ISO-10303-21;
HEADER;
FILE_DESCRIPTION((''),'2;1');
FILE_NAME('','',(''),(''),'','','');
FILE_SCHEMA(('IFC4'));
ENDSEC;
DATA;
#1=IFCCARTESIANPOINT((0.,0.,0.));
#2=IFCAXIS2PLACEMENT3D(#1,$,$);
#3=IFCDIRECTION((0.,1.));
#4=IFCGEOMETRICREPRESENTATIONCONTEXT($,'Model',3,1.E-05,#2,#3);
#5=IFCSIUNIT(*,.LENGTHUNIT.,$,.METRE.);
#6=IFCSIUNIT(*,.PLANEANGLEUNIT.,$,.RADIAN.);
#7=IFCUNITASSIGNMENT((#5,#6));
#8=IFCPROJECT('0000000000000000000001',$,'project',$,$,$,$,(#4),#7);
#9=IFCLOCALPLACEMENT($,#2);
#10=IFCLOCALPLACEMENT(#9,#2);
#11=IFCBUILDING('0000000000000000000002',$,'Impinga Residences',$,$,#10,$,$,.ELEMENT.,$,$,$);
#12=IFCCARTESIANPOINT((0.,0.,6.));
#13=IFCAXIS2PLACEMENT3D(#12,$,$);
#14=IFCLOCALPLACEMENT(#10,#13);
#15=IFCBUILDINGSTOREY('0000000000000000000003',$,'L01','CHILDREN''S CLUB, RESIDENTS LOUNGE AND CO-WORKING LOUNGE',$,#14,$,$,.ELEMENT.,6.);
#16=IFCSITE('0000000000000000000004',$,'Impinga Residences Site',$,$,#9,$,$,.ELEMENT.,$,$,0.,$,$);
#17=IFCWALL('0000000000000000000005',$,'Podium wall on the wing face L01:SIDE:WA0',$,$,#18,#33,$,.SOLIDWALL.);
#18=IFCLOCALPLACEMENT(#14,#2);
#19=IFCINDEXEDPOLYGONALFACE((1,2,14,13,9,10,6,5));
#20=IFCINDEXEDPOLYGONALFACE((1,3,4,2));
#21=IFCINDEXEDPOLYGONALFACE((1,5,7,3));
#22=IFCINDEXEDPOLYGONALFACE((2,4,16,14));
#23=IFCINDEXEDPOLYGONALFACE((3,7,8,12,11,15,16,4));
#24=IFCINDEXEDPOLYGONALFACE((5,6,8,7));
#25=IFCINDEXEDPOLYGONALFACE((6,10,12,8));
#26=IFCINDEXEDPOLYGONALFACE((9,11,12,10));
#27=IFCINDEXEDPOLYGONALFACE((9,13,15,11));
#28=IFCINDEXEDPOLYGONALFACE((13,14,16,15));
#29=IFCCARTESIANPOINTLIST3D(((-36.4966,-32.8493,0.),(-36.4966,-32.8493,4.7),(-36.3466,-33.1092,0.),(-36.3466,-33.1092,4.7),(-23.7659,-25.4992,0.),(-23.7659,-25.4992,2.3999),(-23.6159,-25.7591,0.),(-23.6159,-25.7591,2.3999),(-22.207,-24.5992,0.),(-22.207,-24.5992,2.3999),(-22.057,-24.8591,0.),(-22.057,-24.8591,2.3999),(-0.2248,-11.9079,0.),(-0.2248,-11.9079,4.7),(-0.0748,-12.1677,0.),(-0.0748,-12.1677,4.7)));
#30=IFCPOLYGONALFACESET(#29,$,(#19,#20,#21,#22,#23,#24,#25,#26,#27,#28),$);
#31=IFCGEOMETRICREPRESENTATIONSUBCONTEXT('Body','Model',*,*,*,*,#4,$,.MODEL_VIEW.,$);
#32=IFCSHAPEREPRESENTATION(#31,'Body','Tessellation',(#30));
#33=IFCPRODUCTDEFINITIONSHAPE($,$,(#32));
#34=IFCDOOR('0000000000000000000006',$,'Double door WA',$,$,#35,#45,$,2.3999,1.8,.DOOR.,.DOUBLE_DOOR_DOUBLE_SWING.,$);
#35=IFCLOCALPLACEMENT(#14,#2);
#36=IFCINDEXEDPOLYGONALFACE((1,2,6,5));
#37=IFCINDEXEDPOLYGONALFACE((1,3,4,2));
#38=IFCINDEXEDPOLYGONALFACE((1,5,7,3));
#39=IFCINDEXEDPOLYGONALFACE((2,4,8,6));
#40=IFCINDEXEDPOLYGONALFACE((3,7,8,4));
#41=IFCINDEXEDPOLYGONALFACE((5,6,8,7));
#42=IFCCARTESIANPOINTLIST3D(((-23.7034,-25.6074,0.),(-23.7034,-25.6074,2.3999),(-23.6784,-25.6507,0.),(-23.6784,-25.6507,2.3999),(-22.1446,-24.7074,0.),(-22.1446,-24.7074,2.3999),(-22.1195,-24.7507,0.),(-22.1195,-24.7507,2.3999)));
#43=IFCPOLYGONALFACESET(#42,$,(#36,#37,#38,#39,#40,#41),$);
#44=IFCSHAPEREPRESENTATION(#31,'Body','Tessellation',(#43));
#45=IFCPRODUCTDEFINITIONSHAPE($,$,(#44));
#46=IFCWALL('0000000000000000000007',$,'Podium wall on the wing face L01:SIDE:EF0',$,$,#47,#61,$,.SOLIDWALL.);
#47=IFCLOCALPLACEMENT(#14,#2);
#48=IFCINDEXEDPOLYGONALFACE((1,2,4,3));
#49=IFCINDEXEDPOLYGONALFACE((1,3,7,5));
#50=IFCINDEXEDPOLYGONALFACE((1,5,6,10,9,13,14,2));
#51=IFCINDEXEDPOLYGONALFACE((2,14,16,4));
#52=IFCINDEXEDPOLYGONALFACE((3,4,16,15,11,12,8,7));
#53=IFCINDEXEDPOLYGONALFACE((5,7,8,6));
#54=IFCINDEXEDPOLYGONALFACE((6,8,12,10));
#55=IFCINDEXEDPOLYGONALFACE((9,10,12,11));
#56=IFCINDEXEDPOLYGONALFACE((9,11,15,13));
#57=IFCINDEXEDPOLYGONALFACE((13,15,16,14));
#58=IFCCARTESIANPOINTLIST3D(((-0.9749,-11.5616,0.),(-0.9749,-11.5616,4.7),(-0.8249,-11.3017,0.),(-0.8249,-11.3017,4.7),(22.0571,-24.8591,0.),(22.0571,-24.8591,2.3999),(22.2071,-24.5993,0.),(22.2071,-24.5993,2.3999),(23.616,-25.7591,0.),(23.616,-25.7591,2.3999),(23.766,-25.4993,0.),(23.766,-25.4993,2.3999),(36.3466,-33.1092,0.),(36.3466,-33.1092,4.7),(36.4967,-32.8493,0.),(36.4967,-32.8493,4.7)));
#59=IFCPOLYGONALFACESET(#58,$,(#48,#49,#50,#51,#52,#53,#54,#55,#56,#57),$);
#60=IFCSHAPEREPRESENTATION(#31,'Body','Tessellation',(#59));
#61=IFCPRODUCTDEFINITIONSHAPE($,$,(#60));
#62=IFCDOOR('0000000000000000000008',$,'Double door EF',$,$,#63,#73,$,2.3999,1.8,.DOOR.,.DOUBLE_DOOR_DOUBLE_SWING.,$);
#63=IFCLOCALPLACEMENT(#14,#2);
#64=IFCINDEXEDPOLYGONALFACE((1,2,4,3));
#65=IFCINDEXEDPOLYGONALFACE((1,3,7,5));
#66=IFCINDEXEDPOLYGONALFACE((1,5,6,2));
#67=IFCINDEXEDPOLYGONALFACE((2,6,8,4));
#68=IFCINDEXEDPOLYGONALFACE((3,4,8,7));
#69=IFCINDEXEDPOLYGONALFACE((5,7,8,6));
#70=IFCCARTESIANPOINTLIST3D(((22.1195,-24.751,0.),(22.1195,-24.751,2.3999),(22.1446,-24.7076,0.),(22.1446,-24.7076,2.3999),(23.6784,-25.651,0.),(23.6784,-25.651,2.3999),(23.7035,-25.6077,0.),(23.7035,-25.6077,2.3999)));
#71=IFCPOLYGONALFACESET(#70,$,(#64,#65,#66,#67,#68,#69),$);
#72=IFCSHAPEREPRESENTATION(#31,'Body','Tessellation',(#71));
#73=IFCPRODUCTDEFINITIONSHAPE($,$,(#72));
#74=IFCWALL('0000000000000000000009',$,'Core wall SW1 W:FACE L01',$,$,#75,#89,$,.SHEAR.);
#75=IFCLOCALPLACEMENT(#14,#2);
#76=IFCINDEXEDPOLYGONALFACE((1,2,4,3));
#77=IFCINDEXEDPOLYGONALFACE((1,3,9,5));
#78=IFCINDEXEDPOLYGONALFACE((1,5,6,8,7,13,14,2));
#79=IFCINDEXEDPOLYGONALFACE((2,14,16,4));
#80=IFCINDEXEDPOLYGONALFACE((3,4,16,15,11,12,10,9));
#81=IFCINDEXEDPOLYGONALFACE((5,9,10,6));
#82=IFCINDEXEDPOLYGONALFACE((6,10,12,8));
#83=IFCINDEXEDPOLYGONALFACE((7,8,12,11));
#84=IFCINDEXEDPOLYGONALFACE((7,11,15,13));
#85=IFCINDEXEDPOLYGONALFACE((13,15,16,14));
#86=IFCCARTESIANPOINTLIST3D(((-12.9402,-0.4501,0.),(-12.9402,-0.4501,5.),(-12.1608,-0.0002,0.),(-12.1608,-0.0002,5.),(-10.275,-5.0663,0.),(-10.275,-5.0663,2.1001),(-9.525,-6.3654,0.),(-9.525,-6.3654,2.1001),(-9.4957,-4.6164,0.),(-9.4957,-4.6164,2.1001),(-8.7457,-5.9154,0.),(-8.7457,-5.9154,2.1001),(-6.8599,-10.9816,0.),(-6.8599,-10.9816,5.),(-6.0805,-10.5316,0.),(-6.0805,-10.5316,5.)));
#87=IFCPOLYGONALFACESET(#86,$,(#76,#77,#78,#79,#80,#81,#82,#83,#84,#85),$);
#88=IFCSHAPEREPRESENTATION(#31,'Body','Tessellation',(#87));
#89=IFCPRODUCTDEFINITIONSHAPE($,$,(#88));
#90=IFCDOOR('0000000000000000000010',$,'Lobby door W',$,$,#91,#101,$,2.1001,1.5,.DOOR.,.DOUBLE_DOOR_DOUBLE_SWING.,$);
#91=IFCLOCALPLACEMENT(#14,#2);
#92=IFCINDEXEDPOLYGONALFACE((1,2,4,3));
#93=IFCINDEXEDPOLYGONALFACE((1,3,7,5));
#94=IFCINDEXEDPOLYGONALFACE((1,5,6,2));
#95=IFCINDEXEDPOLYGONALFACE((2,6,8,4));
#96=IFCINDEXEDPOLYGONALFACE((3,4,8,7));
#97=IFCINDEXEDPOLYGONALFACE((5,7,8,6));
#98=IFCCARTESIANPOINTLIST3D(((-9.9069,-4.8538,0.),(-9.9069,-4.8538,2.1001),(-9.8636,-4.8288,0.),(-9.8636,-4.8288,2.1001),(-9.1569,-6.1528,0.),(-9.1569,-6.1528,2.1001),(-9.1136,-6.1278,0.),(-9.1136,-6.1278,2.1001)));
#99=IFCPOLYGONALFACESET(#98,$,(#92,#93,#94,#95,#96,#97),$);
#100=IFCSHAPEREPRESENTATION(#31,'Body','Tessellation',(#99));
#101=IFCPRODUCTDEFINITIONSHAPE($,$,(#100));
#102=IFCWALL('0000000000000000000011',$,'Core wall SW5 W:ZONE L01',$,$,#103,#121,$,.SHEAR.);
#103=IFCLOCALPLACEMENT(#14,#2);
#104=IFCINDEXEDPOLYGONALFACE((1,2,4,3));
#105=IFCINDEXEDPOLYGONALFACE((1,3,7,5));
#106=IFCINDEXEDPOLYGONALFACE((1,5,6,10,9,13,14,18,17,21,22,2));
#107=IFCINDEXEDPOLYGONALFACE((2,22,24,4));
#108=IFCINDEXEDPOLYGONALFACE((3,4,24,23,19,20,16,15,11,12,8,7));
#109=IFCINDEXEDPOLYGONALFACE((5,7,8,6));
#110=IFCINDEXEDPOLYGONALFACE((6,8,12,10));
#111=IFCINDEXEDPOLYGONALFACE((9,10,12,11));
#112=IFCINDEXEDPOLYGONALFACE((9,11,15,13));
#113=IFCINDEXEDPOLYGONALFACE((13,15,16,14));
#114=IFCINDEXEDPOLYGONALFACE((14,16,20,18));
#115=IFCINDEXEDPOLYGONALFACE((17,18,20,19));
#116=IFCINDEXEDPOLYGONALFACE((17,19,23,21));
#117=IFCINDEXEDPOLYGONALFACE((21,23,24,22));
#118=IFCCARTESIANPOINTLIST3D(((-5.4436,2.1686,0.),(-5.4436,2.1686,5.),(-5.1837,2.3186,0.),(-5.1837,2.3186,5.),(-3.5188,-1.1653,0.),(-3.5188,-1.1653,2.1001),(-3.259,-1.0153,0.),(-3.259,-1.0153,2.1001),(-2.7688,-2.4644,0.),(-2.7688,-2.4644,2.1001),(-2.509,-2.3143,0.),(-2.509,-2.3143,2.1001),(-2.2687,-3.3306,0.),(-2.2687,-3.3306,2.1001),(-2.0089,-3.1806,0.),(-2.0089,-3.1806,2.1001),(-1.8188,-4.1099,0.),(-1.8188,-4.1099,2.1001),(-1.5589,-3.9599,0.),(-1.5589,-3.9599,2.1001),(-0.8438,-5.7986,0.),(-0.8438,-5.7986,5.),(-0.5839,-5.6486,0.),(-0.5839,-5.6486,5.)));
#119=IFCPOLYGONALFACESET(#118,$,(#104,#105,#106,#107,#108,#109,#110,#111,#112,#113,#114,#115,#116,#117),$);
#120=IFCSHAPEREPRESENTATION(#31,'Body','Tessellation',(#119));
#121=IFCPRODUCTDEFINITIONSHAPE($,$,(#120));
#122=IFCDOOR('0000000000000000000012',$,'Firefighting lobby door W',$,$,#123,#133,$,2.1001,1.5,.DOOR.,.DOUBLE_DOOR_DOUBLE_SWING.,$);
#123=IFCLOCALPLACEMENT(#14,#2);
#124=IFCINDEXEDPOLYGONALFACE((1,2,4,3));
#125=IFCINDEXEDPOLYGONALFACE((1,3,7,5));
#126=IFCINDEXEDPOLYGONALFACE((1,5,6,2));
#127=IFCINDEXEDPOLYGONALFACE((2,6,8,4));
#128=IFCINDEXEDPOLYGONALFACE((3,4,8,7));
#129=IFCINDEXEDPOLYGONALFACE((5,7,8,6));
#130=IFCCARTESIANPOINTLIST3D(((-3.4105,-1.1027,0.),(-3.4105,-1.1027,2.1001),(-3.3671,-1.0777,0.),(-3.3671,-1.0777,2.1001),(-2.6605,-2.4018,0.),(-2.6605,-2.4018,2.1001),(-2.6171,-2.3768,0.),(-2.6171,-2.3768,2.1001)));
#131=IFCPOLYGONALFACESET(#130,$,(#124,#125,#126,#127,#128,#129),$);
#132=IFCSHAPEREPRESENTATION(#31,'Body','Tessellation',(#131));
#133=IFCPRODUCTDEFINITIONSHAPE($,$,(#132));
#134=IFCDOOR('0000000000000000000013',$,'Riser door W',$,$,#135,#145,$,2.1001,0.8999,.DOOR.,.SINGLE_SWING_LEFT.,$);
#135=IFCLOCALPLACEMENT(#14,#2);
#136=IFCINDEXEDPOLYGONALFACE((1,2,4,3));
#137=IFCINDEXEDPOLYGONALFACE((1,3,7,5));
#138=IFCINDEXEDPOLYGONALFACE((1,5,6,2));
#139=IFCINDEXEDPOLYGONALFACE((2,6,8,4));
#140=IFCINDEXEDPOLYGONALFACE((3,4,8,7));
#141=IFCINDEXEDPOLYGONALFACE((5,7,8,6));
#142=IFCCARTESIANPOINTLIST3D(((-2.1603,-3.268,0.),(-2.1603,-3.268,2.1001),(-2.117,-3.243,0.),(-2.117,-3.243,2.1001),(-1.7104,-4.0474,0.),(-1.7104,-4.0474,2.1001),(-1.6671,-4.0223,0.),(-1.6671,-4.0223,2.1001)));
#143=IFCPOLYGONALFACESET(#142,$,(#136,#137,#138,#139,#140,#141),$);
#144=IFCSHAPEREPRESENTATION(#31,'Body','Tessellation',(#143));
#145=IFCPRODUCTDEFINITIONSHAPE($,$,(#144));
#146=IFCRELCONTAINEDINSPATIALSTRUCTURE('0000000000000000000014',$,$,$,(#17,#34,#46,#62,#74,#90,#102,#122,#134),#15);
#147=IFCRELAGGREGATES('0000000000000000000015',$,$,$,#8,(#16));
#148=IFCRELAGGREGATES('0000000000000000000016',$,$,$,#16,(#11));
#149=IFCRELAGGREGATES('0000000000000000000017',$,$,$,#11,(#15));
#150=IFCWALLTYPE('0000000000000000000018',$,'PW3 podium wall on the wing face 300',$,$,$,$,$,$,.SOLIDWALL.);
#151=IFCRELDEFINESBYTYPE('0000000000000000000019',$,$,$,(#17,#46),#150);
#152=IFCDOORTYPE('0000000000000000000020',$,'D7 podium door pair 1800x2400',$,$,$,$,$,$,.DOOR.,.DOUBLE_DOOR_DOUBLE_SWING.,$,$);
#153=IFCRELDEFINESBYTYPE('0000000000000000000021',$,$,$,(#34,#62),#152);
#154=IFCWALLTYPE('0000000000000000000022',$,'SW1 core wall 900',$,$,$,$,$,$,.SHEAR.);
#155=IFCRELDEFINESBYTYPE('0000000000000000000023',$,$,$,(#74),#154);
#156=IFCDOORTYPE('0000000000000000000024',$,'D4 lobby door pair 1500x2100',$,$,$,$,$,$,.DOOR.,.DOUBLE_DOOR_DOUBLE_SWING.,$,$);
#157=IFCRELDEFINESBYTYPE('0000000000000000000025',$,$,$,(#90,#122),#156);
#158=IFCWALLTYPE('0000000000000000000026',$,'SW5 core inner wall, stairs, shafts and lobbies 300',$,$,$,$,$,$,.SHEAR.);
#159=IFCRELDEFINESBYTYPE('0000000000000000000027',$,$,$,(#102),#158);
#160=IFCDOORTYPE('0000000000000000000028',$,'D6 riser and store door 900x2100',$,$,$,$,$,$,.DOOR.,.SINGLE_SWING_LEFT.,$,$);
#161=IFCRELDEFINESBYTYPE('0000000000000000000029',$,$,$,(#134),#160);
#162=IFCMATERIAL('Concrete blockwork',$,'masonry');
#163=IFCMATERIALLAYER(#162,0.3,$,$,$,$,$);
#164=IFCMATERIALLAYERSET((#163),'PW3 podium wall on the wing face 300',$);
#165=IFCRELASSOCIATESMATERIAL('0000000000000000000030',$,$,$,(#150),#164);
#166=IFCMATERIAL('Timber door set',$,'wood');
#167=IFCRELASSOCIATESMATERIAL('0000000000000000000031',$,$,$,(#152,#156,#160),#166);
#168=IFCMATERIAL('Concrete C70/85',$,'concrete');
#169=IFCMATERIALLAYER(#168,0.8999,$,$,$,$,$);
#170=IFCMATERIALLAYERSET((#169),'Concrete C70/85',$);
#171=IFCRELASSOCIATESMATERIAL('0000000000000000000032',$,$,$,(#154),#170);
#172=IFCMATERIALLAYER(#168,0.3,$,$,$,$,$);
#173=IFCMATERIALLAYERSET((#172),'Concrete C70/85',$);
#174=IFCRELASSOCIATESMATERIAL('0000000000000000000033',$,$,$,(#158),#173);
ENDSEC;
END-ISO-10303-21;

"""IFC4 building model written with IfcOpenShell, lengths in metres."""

from ifc_helpers import new_model, si_unit, direction, frame, frame_2d, origin, place, context, subcontext, project, spatial, rectangle, extrude, material, layer, layer_set, type_object, element, fill, save


model = new_model("IFC4")

# Units and contexts
model_context = context("Model", 3, precision=1e-05, world=origin(), true_north=direction((0.0, 1.0)))
body_context = subcontext(model_context, "Body", "Model", "MODEL_VIEW")
ifc_project = project(units=[si_unit("LENGTHUNIT", "METRE"), si_unit("PLANEANGLEUNIT", "RADIAN")], contexts=[model_context])

# Site, building, storey
site_placement = place(None, origin())
site = spatial("IfcSite", under=ifc_project, at=site_placement, Name="Impinga Residences Site", CompositionType="ELEMENT", RefElevation=0.0)
building_placement = place(site_placement, origin())
building = spatial("IfcBuilding", under=site, at=building_placement, Name="Impinga Residences", CompositionType="ELEMENT")
storey_placement = place(building_placement, frame((0.0, 0.0, 6.0)))
storey = spatial("IfcBuildingStorey", under=building, at=storey_placement, Name="L01", Description="CHILDREN'S CLUB, RESIDENTS LOUNGE AND CO-WORKING LOUNGE", CompositionType="ELEMENT", Elevation=6.0)

# Shared definitions
ifc_material_1 = material(Name="Concrete C70/85", Category="concrete")

# Shared definitions
ifc_material_2 = material(Name="Timber door set", Category="wood")

# Walls, openings, doors
ifc_material_3 = material(Name="Concrete blockwork", Category="masonry")
ifc_layer_1 = layer(ifc_material_3, 0.3)
ifc_layer_set_1 = layer_set([ifc_layer_1], Name="PW3 podium wall on the wing face 300")
wall_type_1 = type_object("IfcWallType", Name="PW3 podium wall on the wing face 300", PredefinedType="SOLIDWALL", material=ifc_layer_set_1)
wall_1_placement = place(storey_placement, frame((-0.1499, -12.0378, 0.0), z_axis=(0.0, 0.0, 1.0), x_axis=(-0.866026, -0.499998, 0.0)))
wall_1 = element("IfcWall", 1, at=wall_1_placement, inside=storey, type_object=wall_type_1, Name="Podium wall on the wing face L01:SIDE:WA0", PredefinedType="SOLIDWALL", context=body_context, shape_type="SweptSolid", body=[
    extrude(rectangle(XDim=41.8831, YDim=0.3, at=frame_2d((20.9414, 0.0))), origin(), (0.0, 0.0, 1.0), 4.7),
])
opening_1_placement = place(wall_1_placement, frame((25.3828, 0.0, 0.0)))
opening_1 = element("IfcOpeningElement", 2, at=opening_1_placement, cuts=wall_1, PredefinedType="OPENING", context=body_context, shape_type="SweptSolid", body=[
    extrude(rectangle(XDim=1.8, YDim=2.3999, at=frame_2d((0.8999, 1.2))), frame((0.0, 0.1599, 0.0), z_axis=(0.0, -1.0, 0.0), x_axis=(1.0, 0.0, 0.0)), (0.0, 0.0, 1.0), 0.3201),
])
door_type_1 = type_object("IfcDoorType", Name="D7 podium door pair 1800x2400", OperationType="DOUBLE_DOOR_DOUBLE_SWING", PredefinedType="DOOR", material=ifc_material_2)
door_1_placement = place(opening_1_placement, origin())
door_1 = element("IfcDoor", 3, at=door_1_placement, inside=storey, type_object=door_type_1, Name="Double door WA", OperationType="DOUBLE_DOOR_DOUBLE_SWING", OverallHeight=2.3999, OverallWidth=1.8, PredefinedType="DOOR", context=body_context, shape_type="SweptSolid", body=[
    extrude(rectangle(XDim=1.8, YDim=2.3999, at=frame_2d((0.8999, 1.2))), frame((0.0, 0.0249, 0.0), z_axis=(0.0, -1.0, 0.0), x_axis=(1.0, 0.0, 0.0)), (0.0, 0.0, 1.0), 0.05),
])
fill(opening_1, door_1)
wall_2_placement = place(storey_placement, frame((-0.8999, -11.4316, 0.0), z_axis=(0.0, 0.0, 1.0), x_axis=(0.866025, -0.5, 0.0)))
wall_2 = element("IfcWall", 4, at=wall_2_placement, inside=storey, type_object=wall_type_1, Name="Podium wall on the wing face L01:SIDE:EF0", PredefinedType="SOLIDWALL", context=body_context, shape_type="SweptSolid", body=[
    extrude(rectangle(XDim=43.0952, YDim=0.3, at=frame_2d((21.5476, 0.0))), origin(), (0.0, 0.0, 1.0), 4.7),
])
opening_2_placement = place(wall_2_placement, frame((26.5952, 0.0, 0.0)))
opening_2 = element("IfcOpeningElement", 5, at=opening_2_placement, cuts=wall_2, PredefinedType="OPENING", context=body_context, shape_type="SweptSolid", body=[
    extrude(rectangle(XDim=1.8, YDim=2.3999, at=frame_2d((0.8999, 1.2))), frame((0.0, 0.1599, 0.0), z_axis=(0.0, -1.0, 0.0), x_axis=(1.0, 0.0, 0.0)), (0.0, 0.0, 1.0), 0.3201),
])
door_2_placement = place(opening_2_placement, origin())
door_2 = element("IfcDoor", 6, at=door_2_placement, inside=storey, type_object=door_type_1, Name="Double door EF", OperationType="DOUBLE_DOOR_DOUBLE_SWING", OverallHeight=2.3999, OverallWidth=1.8, PredefinedType="DOOR", context=body_context, shape_type="SweptSolid", body=[
    extrude(rectangle(XDim=1.8, YDim=2.3999, at=frame_2d((0.8999, 1.2))), frame((0.0, 0.0249, 0.0), z_axis=(0.0, -1.0, 0.0), x_axis=(1.0, 0.0, 0.0)), (0.0, 0.0, 1.0), 0.05),
])
fill(opening_2, door_2)
ifc_layer_2 = layer(ifc_material_1, 0.8999)
ifc_layer_set_2 = layer_set([ifc_layer_2], Name="Concrete C70/85")
wall_type_2 = type_object("IfcWallType", Name="SW1 core wall 900", PredefinedType="SHEAR", material=ifc_layer_set_2)
wall_3_placement = place(storey_placement, frame((-6.4702, -10.7566, 0.0), z_axis=(0.0, 0.0, 1.0), x_axis=(-0.499998, 0.866027, 0.0)))
wall_3 = element("IfcWall", 7, at=wall_3_placement, inside=storey, type_object=wall_type_2, Name="Core wall SW1 W:FACE L01", PredefinedType="SHEAR", context=body_context, shape_type="SweptSolid", body=[
    extrude(rectangle(XDim=12.1606, YDim=0.8999, at=frame_2d((6.0803, 0.0))), origin(), (0.0, 0.0, 1.0), 5.0),
])
opening_3_placement = place(wall_3_placement, frame((5.3303, 0.0, 0.0)))
opening_3 = element("IfcOpeningElement", 8, at=opening_3_placement, cuts=wall_3, PredefinedType="OPENING", context=body_context, shape_type="SweptSolid", body=[
    extrude(rectangle(XDim=1.5, YDim=2.1001, at=frame_2d((0.75, 1.05))), frame((0.0, 0.46, 0.0), z_axis=(0.0, -1.0, 0.0), x_axis=(1.0, 0.0, 0.0)), (0.0, 0.0, 1.0), 0.9199),
])
door_type_2 = type_object("IfcDoorType", Name="D4 lobby door pair 1500x2100", OperationType="DOUBLE_DOOR_DOUBLE_SWING", PredefinedType="DOOR", material=ifc_material_2)
door_3_placement = place(opening_3_placement, origin())
door_3 = element("IfcDoor", 9, at=door_3_placement, inside=storey, type_object=door_type_2, Name="Lobby door W", OperationType="DOUBLE_DOOR_DOUBLE_SWING", OverallHeight=2.1001, OverallWidth=1.5, PredefinedType="DOOR", context=body_context, shape_type="SweptSolid", body=[
    extrude(rectangle(XDim=1.5, YDim=2.1001, at=frame_2d((0.75, 1.05))), frame((0.0, 0.0249, 0.0), z_axis=(0.0, -1.0, 0.0), x_axis=(1.0, 0.0, 0.0)), (0.0, 0.0, 1.0), 0.05),
])
fill(opening_3, door_3)

# Wall, openings, doors
ifc_layer_3 = layer(ifc_material_1, 0.3)
ifc_layer_set_3 = layer_set([ifc_layer_3], Name="Concrete C70/85")
wall_type_3 = type_object("IfcWallType", Name="SW5 core inner wall, stairs, shafts and lobbies 300", PredefinedType="SHEAR", material=ifc_layer_set_3)
wall_4_placement = place(storey_placement, frame((-0.7139, -5.7236, 0.0), z_axis=(0.0, 0.0, 1.0), x_axis=(-0.499995, 0.866028, 0.0)))
wall_4 = element("IfcWall", 10, at=wall_4_placement, inside=storey, type_object=wall_type_3, Name="Core wall SW5 W:ZONE L01", PredefinedType="SHEAR", context=body_context, shape_type="SweptSolid", body=[
    extrude(rectangle(XDim=9.1997, YDim=0.3, at=frame_2d((4.5999, 0.0))), origin(), (0.0, 0.0, 1.0), 5.0),
])
opening_4_placement = place(wall_4_placement, frame((3.8501, 0.0, 0.0)))
opening_4 = element("IfcOpeningElement", 11, at=opening_4_placement, cuts=wall_4, PredefinedType="OPENING", context=body_context, shape_type="SweptSolid", body=[
    extrude(rectangle(XDim=1.5, YDim=2.1001, at=frame_2d((0.75, 1.05))), frame((0.0, 0.1599, 0.0), z_axis=(0.0, -1.0, 0.0), x_axis=(1.0, 0.0, 0.0)), (0.0, 0.0, 1.0), 0.3201),
])
opening_5_placement = place(wall_4_placement, frame((1.95, 0.0, 0.0)))
opening_5 = element("IfcOpeningElement", 12, at=opening_5_placement, cuts=wall_4, PredefinedType="OPENING", context=body_context, shape_type="SweptSolid", body=[
    extrude(rectangle(XDim=0.8999, YDim=2.1001, at=frame_2d((0.45, 1.05))), frame((0.0, 0.1599, 0.0), z_axis=(0.0, -1.0, 0.0), x_axis=(1.0, 0.0, 0.0)), (0.0, 0.0, 1.0), 0.3201),
])
door_4_placement = place(opening_4_placement, origin())
door_4 = element("IfcDoor", 13, at=door_4_placement, inside=storey, type_object=door_type_2, Name="Firefighting lobby door W", OperationType="DOUBLE_DOOR_DOUBLE_SWING", OverallHeight=2.1001, OverallWidth=1.5, PredefinedType="DOOR", context=body_context, shape_type="SweptSolid", body=[
    extrude(rectangle(XDim=1.5, YDim=2.1001, at=frame_2d((0.75, 1.05))), frame((0.0, 0.0249, 0.0), z_axis=(0.0, -1.0, 0.0), x_axis=(1.0, 0.0, 0.0)), (0.0, 0.0, 1.0), 0.05),
])
fill(opening_4, door_4)
door_type_3 = type_object("IfcDoorType", Name="D6 riser and store door 900x2100", OperationType="SINGLE_SWING_LEFT", PredefinedType="DOOR", material=ifc_material_2)
door_5_placement = place(opening_5_placement, origin())
door_5 = element("IfcDoor", 14, at=door_5_placement, inside=storey, type_object=door_type_3, Name="Riser door W", OperationType="SINGLE_SWING_LEFT", OverallHeight=2.1001, OverallWidth=0.8999, PredefinedType="DOOR", context=body_context, shape_type="SweptSolid", body=[
    extrude(rectangle(XDim=0.8999, YDim=2.1001, at=frame_2d((0.45, 1.05))), frame((0.0, 0.0249, 0.0), z_axis=(0.0, -1.0, 0.0), x_axis=(1.0, 0.0, 0.0)), (0.0, 0.0, 1.0), 0.05),
])
fill(opening_5, door_5)

save(model, "model.ifc")
